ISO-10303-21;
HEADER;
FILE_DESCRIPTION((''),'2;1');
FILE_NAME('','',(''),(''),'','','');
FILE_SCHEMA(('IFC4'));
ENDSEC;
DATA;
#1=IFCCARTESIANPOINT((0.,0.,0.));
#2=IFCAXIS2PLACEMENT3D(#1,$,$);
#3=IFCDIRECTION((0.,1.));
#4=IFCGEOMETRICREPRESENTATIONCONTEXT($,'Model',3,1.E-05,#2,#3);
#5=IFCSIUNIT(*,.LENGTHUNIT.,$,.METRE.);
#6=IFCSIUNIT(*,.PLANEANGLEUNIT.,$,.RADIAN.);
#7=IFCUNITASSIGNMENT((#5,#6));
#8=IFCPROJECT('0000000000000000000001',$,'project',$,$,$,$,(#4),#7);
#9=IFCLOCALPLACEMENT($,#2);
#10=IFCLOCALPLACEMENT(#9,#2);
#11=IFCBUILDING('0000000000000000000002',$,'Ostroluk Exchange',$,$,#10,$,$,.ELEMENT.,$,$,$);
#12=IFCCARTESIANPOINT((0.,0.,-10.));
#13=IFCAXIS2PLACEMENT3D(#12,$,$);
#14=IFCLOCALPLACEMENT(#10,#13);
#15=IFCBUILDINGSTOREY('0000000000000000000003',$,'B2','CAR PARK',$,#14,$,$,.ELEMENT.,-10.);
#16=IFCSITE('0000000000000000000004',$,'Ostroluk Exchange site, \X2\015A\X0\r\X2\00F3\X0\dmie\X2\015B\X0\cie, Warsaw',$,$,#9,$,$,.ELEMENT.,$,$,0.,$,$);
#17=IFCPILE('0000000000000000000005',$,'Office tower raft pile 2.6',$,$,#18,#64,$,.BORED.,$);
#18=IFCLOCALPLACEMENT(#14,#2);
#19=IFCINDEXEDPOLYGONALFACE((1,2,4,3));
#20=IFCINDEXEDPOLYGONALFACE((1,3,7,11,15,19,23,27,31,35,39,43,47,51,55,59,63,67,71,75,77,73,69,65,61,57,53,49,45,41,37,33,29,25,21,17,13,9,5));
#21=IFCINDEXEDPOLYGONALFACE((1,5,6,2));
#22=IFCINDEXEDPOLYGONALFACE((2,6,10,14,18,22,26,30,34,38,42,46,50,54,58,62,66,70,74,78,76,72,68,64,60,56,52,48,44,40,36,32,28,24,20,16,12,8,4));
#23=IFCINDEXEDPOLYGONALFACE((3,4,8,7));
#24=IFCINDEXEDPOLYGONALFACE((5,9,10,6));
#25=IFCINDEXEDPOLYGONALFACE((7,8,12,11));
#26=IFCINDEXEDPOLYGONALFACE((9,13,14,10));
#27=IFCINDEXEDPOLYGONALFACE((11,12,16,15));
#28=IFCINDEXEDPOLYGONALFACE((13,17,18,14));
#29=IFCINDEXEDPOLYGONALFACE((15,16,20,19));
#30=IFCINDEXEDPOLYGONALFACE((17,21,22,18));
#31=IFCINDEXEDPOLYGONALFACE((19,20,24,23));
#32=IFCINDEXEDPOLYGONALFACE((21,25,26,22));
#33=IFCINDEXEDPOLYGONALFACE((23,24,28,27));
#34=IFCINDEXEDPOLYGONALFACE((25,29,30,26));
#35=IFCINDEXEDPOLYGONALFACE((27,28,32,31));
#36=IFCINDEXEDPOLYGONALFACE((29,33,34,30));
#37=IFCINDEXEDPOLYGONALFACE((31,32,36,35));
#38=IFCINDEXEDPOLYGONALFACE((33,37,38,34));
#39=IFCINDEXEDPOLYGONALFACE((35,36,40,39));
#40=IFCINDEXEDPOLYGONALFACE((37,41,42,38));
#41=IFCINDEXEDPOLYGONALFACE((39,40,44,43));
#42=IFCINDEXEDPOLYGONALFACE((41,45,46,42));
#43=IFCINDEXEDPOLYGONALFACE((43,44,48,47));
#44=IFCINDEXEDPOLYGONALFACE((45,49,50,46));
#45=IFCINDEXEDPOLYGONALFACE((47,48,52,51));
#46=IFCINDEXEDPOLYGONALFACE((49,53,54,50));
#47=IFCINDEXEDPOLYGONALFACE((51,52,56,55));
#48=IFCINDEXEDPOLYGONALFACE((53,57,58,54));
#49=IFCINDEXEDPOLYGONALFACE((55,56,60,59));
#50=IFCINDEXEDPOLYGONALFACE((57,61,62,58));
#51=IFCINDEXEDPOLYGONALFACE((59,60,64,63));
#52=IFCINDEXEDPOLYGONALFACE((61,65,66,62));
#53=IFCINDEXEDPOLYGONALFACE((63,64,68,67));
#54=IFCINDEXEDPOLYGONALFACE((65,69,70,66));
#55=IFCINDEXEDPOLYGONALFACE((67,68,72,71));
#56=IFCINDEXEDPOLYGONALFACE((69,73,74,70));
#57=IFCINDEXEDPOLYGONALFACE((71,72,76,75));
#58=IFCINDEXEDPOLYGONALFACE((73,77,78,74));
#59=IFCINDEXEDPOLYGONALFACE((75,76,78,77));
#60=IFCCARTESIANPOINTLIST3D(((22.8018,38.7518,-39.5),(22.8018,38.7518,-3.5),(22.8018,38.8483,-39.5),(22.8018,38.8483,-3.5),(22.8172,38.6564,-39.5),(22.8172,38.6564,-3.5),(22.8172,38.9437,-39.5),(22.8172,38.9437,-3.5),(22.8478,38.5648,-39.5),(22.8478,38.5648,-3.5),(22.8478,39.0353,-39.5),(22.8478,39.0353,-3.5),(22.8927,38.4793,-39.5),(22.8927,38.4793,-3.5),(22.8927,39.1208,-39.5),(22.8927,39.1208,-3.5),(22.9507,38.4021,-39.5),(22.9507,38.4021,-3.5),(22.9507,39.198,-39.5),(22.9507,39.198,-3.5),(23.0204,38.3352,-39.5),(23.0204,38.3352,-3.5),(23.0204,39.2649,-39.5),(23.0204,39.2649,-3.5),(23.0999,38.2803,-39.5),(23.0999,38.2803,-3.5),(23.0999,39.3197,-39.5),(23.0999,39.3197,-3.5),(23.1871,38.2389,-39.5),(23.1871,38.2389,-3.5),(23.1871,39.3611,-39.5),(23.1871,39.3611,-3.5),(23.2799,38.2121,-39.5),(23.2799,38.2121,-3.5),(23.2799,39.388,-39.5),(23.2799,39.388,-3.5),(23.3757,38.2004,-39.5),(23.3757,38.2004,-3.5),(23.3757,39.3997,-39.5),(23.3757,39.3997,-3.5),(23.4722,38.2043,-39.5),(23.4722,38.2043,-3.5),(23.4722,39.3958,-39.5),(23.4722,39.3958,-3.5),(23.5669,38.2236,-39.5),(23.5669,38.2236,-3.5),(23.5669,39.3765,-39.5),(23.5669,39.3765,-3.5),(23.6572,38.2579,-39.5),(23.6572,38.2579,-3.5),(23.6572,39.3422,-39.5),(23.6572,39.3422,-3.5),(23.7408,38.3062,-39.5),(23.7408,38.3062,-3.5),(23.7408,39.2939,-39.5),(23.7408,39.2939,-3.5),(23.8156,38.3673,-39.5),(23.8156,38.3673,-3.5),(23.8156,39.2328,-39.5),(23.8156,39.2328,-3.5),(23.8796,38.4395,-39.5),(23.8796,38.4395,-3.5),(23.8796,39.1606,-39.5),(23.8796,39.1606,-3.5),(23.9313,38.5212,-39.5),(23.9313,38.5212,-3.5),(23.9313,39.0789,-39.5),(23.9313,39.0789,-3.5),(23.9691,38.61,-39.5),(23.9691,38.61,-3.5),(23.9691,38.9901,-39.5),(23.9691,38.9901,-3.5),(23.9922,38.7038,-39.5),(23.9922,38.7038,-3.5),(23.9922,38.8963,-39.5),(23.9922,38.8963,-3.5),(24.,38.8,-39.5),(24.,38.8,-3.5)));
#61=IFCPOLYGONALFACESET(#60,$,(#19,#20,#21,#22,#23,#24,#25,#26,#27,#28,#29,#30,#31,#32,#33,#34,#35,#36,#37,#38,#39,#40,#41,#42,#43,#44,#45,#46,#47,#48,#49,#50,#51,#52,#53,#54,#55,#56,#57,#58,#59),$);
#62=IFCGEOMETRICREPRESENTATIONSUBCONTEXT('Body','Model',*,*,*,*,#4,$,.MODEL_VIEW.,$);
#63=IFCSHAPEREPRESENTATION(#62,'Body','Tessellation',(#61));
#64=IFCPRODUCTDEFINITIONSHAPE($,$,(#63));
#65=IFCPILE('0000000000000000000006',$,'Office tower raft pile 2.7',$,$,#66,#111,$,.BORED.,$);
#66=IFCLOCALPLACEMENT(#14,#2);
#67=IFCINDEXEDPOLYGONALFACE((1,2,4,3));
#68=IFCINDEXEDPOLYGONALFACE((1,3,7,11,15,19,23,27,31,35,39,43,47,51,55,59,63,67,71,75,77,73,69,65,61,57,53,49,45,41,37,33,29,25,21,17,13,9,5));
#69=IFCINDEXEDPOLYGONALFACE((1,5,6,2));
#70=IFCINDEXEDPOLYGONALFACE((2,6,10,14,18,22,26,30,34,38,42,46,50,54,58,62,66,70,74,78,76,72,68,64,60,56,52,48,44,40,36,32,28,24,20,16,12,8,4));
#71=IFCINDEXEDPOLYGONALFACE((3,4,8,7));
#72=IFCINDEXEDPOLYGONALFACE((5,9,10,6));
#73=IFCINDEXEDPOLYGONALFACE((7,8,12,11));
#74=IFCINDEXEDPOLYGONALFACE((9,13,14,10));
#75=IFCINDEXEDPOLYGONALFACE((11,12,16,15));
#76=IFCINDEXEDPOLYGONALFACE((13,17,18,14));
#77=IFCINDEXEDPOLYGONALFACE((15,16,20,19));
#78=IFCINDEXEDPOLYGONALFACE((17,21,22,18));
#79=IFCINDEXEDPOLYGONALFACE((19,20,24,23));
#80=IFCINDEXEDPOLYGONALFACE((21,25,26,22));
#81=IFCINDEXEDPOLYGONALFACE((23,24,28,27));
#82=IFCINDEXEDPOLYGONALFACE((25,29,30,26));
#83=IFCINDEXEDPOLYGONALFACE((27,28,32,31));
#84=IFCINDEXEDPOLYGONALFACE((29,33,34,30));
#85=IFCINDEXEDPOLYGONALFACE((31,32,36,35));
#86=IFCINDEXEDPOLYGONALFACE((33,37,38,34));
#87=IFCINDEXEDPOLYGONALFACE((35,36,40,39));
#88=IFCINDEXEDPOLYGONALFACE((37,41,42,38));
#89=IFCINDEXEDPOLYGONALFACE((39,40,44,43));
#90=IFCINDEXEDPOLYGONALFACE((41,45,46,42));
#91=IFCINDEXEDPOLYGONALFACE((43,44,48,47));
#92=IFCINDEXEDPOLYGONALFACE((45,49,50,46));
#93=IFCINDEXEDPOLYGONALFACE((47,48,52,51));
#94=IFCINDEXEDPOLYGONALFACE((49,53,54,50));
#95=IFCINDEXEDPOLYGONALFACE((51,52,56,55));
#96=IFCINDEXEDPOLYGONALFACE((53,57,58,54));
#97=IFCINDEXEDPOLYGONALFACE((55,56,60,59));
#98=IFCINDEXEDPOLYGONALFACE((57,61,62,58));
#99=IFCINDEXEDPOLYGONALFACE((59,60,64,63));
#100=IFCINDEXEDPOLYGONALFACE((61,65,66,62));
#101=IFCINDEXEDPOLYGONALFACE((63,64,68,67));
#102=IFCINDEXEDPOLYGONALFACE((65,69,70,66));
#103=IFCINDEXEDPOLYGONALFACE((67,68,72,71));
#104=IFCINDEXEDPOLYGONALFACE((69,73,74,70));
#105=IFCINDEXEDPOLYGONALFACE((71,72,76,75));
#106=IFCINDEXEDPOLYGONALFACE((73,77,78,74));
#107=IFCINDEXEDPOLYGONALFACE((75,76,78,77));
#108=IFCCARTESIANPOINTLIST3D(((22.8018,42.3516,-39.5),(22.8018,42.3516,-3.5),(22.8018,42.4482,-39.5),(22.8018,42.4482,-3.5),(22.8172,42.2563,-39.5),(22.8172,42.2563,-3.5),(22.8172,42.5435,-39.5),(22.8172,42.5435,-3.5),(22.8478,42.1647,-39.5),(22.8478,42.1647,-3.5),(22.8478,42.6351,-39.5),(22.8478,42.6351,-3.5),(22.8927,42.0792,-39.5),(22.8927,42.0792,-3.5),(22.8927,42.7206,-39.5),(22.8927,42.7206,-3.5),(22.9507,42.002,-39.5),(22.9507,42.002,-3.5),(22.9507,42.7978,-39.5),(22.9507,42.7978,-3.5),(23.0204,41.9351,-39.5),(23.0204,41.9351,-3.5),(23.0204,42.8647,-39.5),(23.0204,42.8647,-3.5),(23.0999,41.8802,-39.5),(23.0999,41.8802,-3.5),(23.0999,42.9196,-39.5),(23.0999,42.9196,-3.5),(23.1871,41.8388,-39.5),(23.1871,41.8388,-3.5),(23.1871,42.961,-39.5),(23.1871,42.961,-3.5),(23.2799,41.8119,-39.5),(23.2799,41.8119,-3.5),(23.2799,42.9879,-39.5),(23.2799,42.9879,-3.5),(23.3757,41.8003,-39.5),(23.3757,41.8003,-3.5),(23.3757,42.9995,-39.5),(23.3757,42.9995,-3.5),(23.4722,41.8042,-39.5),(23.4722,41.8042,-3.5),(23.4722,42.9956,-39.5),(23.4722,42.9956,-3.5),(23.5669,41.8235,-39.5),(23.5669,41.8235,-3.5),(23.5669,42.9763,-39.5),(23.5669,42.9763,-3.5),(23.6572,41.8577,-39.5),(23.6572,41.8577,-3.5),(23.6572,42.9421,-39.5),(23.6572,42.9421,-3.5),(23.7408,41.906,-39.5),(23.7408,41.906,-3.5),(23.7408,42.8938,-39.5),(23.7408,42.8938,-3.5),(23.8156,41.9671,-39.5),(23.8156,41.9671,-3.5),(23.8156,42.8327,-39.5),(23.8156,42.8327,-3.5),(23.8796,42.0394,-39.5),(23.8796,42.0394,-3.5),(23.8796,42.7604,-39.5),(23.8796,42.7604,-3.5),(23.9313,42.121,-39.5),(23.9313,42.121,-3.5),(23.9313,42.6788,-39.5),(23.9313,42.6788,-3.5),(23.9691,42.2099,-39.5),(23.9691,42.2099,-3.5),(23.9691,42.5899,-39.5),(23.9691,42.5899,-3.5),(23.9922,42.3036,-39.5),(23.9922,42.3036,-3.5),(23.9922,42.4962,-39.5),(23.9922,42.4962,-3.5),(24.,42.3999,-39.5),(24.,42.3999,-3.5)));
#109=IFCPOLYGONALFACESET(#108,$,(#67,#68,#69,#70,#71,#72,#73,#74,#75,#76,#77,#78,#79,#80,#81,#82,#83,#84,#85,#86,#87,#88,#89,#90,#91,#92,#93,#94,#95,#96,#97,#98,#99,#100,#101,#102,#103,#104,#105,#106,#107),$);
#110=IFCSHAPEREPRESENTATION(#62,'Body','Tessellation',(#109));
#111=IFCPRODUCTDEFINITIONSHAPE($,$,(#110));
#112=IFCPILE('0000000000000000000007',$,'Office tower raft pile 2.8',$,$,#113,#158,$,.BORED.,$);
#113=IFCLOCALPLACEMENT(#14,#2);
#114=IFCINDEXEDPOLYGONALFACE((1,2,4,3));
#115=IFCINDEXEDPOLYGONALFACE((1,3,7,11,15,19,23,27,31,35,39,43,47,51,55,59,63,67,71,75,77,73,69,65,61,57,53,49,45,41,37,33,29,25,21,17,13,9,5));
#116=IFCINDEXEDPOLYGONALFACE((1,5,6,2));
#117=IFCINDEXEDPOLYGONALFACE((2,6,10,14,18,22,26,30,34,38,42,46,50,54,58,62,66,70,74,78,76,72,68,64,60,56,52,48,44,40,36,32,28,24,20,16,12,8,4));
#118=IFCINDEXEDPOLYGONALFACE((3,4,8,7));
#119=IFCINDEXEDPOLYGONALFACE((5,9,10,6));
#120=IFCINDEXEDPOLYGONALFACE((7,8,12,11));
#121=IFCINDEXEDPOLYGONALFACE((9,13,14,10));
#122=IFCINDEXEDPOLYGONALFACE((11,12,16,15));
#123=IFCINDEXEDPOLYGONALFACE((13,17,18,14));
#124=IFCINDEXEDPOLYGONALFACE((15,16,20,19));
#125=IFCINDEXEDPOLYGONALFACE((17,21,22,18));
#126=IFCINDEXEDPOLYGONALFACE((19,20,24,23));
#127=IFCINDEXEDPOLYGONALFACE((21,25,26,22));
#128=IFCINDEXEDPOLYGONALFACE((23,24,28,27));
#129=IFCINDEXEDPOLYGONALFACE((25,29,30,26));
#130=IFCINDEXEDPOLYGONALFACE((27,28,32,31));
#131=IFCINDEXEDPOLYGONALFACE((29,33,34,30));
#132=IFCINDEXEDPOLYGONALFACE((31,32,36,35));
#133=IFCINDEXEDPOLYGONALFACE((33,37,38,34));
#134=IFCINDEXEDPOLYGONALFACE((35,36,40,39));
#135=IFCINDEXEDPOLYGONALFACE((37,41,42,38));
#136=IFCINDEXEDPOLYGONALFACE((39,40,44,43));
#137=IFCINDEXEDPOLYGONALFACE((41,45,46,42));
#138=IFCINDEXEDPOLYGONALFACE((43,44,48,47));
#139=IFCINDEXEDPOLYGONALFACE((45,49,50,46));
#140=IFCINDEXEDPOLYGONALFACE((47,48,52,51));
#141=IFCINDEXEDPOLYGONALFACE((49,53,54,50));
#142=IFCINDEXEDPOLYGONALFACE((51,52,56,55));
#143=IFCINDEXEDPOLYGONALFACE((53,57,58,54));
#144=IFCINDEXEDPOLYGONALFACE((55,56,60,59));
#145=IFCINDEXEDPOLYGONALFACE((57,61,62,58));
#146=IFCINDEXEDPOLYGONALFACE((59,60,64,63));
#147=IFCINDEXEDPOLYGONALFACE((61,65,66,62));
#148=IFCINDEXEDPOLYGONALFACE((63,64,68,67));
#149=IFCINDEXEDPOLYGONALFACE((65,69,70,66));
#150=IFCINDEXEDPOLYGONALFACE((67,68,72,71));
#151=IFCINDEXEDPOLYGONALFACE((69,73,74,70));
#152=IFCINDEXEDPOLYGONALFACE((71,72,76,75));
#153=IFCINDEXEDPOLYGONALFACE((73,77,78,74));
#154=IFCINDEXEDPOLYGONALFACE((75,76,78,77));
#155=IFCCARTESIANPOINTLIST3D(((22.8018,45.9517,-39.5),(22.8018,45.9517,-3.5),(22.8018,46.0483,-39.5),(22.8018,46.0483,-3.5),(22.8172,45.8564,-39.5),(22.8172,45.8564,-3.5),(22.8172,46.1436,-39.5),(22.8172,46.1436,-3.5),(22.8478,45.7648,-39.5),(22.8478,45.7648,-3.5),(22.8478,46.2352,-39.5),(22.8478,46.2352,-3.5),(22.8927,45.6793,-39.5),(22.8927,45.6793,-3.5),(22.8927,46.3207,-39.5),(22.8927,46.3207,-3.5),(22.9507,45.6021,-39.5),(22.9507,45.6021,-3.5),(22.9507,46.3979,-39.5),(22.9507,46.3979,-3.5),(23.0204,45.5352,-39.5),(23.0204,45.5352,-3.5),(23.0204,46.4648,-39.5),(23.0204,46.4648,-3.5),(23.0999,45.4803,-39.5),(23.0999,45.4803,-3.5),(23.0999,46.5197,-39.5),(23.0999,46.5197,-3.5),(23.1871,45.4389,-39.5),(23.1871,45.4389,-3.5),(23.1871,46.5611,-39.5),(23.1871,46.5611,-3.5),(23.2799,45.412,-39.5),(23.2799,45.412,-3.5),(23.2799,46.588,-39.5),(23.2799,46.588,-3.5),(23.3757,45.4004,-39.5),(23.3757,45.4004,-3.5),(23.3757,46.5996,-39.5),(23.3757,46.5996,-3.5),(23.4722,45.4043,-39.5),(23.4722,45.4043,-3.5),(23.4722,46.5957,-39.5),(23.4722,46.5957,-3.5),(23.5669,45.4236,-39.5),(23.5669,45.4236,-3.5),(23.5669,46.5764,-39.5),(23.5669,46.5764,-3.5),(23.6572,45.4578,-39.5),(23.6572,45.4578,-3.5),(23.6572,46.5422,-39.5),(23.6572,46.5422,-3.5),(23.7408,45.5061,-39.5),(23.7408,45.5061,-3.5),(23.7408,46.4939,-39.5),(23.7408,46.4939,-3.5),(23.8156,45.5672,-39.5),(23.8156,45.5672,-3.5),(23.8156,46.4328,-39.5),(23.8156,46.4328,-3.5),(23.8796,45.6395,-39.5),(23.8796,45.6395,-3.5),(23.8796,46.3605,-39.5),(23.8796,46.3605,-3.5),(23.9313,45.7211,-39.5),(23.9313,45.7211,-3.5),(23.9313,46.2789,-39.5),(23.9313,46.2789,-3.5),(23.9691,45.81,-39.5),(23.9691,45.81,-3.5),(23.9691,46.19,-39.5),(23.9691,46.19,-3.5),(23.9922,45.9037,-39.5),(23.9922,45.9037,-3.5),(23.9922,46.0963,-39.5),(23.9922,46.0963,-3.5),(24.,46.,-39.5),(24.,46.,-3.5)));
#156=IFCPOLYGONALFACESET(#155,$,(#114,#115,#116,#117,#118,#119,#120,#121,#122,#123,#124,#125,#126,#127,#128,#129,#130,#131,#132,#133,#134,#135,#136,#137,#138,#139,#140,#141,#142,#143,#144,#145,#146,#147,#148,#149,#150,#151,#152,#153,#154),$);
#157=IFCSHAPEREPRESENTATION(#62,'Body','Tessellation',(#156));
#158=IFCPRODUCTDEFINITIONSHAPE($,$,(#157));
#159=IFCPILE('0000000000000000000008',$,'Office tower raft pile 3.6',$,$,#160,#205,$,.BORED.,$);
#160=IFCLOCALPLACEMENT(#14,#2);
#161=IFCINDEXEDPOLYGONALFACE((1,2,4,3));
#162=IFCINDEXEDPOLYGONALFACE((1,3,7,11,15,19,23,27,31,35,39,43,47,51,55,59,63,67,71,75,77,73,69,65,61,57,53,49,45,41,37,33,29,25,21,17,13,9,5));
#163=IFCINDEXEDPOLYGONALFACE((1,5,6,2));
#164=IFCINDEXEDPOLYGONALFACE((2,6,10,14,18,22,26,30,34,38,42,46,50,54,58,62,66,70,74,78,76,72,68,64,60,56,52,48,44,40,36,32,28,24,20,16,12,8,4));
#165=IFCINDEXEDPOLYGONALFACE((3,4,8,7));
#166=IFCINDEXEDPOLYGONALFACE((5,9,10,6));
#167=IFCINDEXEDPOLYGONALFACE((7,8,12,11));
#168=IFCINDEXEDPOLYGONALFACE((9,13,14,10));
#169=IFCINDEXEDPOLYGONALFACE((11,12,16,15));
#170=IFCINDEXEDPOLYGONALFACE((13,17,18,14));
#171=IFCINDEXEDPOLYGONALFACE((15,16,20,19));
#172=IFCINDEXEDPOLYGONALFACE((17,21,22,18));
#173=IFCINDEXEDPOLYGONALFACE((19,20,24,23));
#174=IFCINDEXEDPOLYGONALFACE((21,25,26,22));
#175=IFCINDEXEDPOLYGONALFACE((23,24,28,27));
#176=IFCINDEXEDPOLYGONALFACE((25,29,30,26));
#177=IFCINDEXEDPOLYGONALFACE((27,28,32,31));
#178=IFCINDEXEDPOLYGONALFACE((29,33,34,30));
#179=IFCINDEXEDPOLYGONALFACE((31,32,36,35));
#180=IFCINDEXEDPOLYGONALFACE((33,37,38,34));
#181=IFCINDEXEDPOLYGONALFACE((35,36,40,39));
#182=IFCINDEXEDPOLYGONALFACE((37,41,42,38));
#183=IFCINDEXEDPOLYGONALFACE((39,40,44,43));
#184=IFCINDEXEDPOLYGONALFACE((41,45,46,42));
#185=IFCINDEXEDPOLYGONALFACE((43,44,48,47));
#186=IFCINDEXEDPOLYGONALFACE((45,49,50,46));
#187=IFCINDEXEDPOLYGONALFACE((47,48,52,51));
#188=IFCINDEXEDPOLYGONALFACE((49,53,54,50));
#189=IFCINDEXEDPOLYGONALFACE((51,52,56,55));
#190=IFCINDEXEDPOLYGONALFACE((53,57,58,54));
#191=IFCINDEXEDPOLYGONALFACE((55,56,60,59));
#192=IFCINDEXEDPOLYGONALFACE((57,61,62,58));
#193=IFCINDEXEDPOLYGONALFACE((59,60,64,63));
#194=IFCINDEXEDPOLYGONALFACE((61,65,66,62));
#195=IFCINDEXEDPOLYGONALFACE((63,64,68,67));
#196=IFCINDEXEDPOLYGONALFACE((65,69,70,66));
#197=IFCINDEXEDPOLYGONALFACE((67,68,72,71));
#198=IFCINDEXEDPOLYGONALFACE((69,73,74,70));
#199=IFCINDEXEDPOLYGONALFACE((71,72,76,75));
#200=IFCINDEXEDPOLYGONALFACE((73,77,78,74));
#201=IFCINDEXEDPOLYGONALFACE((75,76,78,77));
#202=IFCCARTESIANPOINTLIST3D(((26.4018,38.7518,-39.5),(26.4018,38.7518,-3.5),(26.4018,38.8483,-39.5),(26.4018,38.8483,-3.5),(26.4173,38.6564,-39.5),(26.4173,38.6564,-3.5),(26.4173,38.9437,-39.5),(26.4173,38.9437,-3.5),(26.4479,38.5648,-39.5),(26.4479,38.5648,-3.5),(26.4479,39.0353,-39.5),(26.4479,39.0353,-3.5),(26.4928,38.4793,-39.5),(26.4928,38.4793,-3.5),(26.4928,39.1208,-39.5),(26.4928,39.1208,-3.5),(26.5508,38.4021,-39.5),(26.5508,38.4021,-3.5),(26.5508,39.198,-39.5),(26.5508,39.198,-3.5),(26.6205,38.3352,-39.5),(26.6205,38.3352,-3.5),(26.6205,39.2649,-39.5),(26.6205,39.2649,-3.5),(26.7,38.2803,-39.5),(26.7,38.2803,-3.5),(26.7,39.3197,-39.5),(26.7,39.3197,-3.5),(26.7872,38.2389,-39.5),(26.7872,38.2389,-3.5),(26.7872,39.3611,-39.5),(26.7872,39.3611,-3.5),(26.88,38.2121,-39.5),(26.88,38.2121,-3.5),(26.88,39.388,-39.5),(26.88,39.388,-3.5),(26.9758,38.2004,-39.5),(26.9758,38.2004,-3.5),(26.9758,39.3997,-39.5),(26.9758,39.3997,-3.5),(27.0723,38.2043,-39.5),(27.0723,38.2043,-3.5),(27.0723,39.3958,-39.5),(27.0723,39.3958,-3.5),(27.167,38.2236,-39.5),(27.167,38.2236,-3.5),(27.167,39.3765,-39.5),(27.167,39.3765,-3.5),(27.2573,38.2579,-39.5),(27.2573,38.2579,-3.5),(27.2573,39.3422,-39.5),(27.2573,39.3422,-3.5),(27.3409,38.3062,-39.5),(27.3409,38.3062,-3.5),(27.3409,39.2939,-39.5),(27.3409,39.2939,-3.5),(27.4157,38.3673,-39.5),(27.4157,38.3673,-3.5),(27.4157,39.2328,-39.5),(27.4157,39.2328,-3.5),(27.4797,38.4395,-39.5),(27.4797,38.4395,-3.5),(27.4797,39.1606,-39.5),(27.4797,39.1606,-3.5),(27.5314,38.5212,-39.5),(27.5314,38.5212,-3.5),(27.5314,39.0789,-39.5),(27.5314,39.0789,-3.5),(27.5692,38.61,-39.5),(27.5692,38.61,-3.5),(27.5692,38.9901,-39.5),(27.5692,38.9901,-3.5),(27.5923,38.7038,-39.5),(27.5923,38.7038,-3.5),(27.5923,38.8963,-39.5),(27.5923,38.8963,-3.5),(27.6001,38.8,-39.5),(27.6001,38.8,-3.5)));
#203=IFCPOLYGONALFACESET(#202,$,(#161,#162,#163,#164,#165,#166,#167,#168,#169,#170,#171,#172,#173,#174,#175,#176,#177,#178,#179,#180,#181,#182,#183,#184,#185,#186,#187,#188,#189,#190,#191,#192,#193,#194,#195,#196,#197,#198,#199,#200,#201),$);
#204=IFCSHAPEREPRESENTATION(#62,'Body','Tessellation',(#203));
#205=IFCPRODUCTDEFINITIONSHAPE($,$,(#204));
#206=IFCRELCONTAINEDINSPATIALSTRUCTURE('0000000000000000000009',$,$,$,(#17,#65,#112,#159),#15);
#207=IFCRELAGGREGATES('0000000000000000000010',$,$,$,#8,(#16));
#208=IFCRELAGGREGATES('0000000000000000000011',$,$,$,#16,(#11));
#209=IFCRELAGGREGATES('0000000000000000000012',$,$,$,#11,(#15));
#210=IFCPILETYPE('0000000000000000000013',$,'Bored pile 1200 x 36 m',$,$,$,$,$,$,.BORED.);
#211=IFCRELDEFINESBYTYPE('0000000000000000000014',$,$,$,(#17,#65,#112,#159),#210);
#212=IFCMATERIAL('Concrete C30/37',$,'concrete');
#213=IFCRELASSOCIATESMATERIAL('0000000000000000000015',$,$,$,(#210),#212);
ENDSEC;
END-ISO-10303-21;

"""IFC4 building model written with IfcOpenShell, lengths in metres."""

from ifc_helpers import new_model, si_unit, direction, frame, origin, origin_2d, place, context, subcontext, project, spatial, circle, extrude, material, type_object, element, save


model = new_model("IFC4")

# Units and contexts
model_context = context("Model", 3, precision=1e-05, world=origin(), true_north=direction((0.0, 1.0)))
body_context = subcontext(model_context, "Body", "Model", "MODEL_VIEW")
ifc_project = project(units=[si_unit("LENGTHUNIT", "METRE"), si_unit("PLANEANGLEUNIT", "RADIAN")], contexts=[model_context])

# Site, building, storey
site_placement = place(None, origin())
site = spatial("IfcSite", under=ifc_project, at=site_placement, Name="Ostroluk Exchange site, Śródmieście, Warsaw", CompositionType="ELEMENT", RefElevation=0.0)
building_placement = place(site_placement, origin())
building = spatial("IfcBuilding", under=site, at=building_placement, Name="Ostroluk Exchange", CompositionType="ELEMENT")
storey_placement = place(building_placement, frame((0.0, 0.0, -10.0)))
storey = spatial("IfcBuildingStorey", under=building, at=storey_placement, Name="B2", Description="CAR PARK", CompositionType="ELEMENT", Elevation=-10.0)

# Piles
ifc_material_1 = material(Name="Concrete C30/37", Category="concrete")
pile_type = type_object("IfcPileType", Name="Bored pile 1200 x 36 m", PredefinedType="BORED", material=ifc_material_1)
for number, where, z_axis, x_axis, name in (
    (1, (23.3999, 38.8, -3.5), (0.0, 0.0, -1.0), (1.0, 0.0, 0.0), "Office tower raft pile 2.6"),
    (2, (23.3999, 42.3999, -3.5), (0.0, 0.0, -1.0), (1.0, 0.0, 0.0), "Office tower raft pile 2.7"),
    (3, (23.3999, 46.0, -3.5), (0.0, 0.0, -1.0), (1.0, 0.0, 0.0), "Office tower raft pile 2.8"),
    (4, (27.0, 38.8, -3.5), (0.0, 0.0, -1.0), (1.0, 0.0, 0.0), "Office tower raft pile 3.6"),
):
    element("IfcPile", number, at=place(storey_placement, frame(where, z_axis=z_axis, x_axis=x_axis)), inside=storey, type_object=pile_type, Name=name, PredefinedType="BORED", context=body_context, shape_type="SweptSolid", body=[
        extrude(circle(Radius=0.6001, at=origin_2d()), origin(), (0.0, 0.0, 1.0), 36.0),
    ])

save(model, "model.ifc")
